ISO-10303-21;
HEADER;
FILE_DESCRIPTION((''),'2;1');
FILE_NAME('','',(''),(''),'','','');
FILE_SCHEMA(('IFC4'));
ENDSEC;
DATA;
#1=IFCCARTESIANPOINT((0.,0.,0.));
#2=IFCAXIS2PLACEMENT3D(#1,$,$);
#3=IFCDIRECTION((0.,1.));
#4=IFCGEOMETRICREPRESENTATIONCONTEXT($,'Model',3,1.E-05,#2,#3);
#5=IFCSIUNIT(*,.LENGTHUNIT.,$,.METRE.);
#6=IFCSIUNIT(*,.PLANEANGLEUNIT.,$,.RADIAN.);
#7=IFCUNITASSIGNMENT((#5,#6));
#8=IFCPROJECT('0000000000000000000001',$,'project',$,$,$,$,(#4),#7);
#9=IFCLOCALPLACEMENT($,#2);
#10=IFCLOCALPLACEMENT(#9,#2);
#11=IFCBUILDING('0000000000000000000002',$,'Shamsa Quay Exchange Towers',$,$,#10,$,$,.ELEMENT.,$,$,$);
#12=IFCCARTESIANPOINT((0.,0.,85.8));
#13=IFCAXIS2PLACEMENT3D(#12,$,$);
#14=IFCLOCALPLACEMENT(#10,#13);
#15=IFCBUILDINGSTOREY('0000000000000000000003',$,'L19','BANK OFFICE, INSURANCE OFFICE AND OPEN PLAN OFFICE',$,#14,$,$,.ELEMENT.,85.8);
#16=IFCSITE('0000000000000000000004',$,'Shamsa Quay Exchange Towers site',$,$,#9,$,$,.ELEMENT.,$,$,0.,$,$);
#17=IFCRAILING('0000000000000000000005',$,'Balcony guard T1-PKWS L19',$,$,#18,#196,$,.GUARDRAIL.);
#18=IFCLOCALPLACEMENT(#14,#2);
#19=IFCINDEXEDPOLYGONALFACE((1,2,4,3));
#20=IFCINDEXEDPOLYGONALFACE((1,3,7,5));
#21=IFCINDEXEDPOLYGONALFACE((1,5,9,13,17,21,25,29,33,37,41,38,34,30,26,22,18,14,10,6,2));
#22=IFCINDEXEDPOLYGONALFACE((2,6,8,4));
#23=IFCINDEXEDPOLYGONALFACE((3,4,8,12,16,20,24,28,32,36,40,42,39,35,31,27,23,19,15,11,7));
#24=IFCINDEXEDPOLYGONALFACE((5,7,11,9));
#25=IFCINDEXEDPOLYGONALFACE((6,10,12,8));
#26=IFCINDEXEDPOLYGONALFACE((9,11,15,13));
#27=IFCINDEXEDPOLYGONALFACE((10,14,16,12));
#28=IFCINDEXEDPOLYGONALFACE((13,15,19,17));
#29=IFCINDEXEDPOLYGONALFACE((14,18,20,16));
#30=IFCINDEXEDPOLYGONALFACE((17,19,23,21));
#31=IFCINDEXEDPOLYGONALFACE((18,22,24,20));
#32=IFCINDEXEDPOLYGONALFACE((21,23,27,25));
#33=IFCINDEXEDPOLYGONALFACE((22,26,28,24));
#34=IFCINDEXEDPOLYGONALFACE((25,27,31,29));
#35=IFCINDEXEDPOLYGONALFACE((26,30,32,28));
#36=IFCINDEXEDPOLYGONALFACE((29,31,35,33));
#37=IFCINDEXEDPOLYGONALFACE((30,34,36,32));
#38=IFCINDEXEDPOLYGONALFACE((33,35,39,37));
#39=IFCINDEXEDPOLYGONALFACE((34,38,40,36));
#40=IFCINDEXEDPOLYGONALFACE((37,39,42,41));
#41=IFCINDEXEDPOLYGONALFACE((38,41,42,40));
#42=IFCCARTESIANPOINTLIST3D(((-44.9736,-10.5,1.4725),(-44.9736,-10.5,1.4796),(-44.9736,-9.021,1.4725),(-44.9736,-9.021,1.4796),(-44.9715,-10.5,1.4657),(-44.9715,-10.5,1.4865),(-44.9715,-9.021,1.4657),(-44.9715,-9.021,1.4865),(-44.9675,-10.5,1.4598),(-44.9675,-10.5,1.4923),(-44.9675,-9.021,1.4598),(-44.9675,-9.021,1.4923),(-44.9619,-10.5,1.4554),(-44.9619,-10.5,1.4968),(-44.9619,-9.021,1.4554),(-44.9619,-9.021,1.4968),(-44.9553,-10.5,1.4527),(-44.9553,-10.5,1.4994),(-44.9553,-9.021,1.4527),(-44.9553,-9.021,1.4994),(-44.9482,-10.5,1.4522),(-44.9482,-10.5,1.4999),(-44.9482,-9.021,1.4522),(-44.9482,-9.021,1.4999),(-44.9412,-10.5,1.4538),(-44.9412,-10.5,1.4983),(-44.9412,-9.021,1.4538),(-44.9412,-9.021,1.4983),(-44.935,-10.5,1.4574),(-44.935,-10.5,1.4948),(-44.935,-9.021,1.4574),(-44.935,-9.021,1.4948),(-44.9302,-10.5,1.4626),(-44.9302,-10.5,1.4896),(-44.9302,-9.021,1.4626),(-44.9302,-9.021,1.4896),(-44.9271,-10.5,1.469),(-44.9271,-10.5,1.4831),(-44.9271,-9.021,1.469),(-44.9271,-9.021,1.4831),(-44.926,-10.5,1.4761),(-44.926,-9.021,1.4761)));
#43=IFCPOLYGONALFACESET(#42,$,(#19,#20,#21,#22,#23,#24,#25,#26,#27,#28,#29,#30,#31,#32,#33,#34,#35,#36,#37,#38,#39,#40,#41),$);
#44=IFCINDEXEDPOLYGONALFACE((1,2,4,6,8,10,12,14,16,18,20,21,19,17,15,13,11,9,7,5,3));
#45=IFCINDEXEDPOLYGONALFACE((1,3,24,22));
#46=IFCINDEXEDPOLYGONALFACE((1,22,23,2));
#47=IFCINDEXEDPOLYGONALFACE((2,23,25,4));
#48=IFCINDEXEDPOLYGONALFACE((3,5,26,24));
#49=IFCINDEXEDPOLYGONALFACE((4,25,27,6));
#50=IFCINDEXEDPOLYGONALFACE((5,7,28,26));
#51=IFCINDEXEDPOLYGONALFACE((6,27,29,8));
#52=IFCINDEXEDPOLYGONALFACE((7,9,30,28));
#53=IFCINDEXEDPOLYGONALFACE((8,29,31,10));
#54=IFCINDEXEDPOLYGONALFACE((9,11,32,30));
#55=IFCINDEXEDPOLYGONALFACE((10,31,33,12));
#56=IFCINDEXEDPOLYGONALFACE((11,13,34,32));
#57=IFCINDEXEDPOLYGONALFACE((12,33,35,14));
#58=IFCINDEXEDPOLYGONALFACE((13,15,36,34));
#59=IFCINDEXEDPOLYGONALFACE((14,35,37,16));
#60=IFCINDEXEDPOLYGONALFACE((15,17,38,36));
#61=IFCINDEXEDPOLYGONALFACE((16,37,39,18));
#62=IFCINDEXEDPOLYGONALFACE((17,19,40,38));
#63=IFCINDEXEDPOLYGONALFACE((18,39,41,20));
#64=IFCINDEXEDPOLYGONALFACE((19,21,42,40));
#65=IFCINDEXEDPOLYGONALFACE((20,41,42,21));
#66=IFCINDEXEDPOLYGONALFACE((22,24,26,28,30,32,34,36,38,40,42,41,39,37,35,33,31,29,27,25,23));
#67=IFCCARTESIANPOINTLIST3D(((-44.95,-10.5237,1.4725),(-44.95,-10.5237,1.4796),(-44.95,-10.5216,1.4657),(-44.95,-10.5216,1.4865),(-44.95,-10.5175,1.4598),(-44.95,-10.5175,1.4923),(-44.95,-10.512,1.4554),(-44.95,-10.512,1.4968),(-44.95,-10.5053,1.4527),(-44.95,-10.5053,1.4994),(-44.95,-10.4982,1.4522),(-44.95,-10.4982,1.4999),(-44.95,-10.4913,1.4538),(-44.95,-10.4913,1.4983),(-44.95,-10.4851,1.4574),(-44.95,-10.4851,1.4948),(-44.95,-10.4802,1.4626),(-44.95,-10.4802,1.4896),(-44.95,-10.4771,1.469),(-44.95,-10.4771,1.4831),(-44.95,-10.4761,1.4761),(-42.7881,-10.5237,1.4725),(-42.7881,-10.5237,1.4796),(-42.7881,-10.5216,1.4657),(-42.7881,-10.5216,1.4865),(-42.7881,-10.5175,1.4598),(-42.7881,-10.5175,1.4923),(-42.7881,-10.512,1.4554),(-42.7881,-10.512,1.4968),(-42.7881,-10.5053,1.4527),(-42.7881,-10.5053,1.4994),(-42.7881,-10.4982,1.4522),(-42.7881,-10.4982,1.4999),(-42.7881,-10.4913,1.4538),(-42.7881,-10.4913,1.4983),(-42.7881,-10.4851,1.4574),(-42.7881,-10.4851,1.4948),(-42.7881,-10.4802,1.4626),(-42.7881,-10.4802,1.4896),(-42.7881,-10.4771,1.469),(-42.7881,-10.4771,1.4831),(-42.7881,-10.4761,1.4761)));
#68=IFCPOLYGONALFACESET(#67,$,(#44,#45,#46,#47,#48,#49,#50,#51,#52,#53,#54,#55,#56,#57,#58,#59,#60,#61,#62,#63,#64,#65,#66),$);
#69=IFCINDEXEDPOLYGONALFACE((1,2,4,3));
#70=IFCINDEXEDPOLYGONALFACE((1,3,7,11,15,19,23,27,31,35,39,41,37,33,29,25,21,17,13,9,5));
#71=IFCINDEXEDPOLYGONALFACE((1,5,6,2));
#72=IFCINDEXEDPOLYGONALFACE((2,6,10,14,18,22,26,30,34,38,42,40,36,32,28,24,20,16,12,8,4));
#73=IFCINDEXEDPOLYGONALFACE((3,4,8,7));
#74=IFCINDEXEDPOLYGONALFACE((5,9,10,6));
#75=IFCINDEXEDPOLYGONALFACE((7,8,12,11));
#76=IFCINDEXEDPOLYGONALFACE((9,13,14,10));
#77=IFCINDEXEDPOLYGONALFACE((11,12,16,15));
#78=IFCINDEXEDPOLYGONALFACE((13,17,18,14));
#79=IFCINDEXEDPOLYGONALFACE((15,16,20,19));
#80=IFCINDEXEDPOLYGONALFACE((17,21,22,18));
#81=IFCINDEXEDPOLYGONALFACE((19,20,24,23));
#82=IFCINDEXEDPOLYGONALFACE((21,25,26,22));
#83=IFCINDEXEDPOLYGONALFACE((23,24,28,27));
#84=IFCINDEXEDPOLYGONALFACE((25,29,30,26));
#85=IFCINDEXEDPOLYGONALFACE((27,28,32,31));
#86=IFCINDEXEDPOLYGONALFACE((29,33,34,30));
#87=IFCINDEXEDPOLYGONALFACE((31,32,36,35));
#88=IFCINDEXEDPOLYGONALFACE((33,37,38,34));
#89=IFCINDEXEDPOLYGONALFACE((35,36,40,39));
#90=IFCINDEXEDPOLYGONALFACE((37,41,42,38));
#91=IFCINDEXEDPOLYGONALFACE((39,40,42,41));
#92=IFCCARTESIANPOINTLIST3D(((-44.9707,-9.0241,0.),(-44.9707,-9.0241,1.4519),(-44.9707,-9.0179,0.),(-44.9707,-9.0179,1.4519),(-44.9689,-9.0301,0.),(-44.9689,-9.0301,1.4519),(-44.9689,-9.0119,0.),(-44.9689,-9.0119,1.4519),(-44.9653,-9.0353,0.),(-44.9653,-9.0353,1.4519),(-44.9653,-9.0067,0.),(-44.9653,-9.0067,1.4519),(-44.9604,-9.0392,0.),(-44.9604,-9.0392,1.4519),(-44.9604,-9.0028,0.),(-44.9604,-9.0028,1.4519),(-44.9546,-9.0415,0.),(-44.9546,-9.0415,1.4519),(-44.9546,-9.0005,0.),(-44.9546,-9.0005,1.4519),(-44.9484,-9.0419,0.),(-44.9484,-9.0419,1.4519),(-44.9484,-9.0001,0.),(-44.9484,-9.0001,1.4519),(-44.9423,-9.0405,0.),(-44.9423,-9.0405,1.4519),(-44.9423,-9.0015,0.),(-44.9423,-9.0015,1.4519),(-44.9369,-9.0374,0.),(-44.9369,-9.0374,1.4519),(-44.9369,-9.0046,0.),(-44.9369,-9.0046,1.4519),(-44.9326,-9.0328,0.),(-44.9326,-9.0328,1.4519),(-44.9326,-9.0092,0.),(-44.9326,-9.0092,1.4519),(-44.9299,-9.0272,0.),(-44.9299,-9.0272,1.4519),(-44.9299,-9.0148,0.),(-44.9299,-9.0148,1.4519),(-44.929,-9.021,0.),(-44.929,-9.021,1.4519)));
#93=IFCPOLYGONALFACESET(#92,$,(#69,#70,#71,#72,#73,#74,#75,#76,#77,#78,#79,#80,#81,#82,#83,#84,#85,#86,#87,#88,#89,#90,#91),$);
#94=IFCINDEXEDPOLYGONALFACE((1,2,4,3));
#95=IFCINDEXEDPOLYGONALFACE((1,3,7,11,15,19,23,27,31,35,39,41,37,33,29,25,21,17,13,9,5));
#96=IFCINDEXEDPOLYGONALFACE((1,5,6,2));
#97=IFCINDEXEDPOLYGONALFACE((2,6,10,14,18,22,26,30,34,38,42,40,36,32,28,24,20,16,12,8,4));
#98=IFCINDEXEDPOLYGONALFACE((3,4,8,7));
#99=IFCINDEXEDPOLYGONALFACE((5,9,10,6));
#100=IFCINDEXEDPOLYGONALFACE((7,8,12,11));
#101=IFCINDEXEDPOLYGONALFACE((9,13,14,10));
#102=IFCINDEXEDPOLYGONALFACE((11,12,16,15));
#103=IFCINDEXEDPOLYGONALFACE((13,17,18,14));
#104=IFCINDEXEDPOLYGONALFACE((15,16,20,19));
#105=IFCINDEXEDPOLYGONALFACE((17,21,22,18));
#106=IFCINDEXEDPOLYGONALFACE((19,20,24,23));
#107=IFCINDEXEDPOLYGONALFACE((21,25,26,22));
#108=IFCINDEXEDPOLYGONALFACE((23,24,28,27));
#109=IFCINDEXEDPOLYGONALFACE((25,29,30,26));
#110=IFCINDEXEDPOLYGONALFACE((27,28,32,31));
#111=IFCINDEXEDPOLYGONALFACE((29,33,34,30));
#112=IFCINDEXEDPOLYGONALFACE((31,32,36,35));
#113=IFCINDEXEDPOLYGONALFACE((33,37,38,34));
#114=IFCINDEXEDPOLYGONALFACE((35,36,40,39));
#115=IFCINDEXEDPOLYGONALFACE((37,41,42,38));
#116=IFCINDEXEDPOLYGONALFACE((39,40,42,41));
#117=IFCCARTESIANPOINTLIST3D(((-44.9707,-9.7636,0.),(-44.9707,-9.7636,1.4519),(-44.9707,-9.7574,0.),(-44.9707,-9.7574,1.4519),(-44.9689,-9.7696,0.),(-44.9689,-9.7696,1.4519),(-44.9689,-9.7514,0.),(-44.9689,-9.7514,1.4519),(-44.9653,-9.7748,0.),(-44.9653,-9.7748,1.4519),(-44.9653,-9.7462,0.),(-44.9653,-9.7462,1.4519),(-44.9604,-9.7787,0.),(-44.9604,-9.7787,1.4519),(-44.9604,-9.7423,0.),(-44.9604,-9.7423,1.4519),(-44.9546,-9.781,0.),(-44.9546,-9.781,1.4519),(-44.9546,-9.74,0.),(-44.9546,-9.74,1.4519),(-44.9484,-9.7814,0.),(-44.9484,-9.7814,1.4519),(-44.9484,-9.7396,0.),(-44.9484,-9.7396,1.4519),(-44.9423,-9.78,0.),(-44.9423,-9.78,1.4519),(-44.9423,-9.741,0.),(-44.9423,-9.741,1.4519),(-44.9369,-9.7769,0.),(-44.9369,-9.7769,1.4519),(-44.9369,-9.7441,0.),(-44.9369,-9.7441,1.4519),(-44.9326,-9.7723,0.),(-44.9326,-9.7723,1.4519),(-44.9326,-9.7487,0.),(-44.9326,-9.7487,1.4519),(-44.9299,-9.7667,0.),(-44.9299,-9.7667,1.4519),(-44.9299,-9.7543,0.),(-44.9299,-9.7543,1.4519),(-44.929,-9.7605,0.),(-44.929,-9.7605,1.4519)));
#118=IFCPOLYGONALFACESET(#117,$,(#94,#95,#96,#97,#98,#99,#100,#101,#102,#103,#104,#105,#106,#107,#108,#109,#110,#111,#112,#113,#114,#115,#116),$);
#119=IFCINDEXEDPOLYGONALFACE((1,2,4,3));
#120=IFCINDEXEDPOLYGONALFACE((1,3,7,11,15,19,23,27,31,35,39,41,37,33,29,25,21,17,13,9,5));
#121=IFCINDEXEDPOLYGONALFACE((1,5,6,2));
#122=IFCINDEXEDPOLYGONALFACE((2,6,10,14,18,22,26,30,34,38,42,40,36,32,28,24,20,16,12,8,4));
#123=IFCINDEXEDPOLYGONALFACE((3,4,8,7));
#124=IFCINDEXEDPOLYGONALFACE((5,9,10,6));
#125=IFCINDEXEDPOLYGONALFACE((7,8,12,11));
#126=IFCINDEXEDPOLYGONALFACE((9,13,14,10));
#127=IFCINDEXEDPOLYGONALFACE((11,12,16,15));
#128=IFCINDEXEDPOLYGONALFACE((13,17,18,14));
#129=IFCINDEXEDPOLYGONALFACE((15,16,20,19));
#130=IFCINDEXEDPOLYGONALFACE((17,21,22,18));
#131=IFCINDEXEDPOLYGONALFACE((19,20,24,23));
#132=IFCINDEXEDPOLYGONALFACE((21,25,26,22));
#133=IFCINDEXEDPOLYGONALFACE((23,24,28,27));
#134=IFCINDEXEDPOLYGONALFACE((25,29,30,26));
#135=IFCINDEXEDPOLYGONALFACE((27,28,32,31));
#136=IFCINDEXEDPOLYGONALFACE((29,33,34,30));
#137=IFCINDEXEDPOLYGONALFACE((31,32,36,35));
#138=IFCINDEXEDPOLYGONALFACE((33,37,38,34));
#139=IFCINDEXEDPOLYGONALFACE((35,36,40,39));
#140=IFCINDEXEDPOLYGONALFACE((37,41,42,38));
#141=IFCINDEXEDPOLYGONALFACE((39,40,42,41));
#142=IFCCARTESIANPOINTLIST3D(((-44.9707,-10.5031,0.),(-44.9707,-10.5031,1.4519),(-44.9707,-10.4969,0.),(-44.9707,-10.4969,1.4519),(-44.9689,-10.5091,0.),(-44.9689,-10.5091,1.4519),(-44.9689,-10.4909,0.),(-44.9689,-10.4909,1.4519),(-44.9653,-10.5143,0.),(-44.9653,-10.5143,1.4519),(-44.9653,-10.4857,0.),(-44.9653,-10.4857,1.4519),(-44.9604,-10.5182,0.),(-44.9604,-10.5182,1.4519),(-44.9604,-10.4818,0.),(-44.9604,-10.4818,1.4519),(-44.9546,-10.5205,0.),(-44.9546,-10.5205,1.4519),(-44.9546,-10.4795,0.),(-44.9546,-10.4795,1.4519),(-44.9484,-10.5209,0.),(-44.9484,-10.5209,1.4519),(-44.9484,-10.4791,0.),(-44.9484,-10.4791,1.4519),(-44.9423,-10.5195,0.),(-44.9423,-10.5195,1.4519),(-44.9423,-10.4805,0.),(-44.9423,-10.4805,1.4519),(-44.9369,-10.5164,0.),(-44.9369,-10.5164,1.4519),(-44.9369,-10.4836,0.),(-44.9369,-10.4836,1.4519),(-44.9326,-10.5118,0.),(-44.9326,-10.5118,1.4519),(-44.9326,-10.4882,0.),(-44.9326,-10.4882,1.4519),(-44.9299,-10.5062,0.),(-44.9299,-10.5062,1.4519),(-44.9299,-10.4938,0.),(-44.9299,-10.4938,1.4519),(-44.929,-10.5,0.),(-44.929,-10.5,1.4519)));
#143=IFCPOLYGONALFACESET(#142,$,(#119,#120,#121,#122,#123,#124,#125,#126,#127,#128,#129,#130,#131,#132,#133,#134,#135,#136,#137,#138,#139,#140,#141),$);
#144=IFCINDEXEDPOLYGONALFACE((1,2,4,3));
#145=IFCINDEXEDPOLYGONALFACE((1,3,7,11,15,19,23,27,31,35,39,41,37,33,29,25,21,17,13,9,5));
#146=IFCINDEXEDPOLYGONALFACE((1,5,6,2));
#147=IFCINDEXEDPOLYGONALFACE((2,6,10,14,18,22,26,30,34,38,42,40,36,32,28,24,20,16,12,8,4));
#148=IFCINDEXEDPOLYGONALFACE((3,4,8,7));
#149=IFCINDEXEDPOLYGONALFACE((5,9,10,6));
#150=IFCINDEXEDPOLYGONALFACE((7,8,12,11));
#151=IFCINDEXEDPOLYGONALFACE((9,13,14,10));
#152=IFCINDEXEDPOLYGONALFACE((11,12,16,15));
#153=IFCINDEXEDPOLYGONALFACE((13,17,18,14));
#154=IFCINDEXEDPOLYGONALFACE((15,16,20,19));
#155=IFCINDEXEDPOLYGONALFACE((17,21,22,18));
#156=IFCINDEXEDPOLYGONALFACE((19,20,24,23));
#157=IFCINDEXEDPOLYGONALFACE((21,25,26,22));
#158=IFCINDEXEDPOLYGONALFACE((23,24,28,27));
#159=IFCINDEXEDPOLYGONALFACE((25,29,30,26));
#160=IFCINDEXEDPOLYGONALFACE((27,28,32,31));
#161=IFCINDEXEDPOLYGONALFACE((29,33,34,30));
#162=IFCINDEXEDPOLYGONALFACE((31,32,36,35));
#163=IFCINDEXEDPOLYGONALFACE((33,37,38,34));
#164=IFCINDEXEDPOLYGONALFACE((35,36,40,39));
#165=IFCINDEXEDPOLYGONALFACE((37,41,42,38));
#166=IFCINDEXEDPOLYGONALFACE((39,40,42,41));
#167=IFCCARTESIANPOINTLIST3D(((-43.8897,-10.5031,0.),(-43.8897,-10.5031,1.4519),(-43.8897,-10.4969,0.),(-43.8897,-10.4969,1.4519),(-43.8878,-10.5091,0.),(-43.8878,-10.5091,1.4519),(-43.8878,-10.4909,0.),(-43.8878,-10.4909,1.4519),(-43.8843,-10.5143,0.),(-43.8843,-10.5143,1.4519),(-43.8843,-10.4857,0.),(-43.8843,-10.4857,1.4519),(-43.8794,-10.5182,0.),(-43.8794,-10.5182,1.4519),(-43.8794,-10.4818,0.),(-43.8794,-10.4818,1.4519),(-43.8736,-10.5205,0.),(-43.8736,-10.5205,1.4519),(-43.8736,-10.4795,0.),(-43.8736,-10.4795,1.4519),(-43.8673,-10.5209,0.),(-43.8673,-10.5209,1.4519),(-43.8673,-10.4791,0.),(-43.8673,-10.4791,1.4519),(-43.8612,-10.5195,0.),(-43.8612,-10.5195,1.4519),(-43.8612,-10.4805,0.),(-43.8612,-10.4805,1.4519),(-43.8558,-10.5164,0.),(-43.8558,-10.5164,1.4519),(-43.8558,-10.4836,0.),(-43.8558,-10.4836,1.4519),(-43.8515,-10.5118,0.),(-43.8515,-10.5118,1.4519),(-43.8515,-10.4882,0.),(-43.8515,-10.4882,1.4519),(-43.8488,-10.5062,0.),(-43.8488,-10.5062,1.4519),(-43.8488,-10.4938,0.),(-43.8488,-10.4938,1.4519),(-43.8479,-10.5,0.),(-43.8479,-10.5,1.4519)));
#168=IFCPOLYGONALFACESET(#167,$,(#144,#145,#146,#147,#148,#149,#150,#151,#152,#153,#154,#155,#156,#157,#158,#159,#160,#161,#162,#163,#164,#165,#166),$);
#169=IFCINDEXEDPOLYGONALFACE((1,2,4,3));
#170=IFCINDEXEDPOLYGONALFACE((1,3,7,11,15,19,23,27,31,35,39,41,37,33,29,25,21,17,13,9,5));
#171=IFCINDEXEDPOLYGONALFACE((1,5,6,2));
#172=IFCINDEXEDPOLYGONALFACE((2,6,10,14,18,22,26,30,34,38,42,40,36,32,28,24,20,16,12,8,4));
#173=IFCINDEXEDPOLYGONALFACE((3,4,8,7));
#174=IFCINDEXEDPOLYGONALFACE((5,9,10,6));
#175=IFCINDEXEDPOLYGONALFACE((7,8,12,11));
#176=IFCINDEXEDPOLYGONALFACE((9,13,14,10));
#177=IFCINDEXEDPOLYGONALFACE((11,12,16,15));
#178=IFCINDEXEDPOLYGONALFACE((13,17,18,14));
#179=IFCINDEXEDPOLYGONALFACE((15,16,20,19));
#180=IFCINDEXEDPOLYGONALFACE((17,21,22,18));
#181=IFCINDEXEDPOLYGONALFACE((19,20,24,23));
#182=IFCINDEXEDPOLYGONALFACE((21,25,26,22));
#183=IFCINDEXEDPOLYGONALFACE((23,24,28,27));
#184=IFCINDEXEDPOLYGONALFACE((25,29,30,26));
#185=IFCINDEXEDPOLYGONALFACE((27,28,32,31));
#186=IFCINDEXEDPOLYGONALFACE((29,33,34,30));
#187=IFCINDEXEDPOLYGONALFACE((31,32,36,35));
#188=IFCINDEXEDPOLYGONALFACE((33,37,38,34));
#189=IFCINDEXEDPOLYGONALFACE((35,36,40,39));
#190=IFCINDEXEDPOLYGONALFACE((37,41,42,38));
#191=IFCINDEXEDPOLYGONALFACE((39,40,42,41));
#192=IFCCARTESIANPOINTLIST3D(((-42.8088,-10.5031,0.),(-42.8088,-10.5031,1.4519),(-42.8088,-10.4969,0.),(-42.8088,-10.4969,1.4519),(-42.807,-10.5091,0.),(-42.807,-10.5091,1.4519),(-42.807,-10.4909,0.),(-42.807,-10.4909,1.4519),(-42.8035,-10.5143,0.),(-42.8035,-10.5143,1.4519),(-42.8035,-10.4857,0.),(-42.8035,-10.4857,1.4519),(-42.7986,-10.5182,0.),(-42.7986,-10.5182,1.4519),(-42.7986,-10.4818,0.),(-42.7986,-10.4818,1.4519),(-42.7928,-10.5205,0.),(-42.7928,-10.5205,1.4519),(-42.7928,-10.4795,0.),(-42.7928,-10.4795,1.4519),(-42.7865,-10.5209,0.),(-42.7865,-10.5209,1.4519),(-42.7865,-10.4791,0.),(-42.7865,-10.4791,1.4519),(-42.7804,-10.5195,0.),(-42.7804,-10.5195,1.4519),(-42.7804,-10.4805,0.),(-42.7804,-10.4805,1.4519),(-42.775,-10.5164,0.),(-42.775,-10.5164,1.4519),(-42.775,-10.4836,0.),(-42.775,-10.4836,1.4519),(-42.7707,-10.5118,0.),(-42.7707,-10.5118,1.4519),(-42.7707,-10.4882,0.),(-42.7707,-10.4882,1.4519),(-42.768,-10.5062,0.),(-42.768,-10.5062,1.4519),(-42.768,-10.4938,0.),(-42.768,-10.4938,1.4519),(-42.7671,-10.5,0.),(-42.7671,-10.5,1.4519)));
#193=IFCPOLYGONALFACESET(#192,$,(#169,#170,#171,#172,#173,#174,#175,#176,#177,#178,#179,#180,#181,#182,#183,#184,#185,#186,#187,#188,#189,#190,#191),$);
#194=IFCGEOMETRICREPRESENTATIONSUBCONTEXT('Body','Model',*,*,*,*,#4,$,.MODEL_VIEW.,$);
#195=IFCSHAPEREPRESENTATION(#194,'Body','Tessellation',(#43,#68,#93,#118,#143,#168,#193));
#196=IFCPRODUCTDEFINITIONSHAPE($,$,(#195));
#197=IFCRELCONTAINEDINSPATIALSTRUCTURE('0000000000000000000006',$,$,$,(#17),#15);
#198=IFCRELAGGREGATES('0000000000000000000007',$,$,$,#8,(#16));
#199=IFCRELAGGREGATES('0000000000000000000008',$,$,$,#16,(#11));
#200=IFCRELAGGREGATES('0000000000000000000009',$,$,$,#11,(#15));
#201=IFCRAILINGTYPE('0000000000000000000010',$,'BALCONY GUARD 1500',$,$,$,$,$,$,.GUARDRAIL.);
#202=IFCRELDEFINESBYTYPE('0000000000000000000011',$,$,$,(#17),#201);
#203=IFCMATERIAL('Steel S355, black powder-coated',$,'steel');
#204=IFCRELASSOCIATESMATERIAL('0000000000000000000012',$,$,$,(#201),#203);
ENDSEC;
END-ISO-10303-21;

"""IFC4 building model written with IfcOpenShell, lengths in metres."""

from ifc_helpers import new_model, si_unit, direction, frame, origin, origin_2d, place, context, subcontext, project, spatial, circle, extrude, material, type_object, element, save


model = new_model("IFC4")

# Units and contexts
model_context = context("Model", 3, precision=1e-05, world=origin(), true_north=direction((0.0, 1.0)))
body_context = subcontext(model_context, "Body", "Model", "MODEL_VIEW")
ifc_project = project(units=[si_unit("LENGTHUNIT", "METRE"), si_unit("PLANEANGLEUNIT", "RADIAN")], contexts=[model_context])

# Site, building, storey
site_placement = place(None, origin())
site = spatial("IfcSite", under=ifc_project, at=site_placement, Name="Shamsa Quay Exchange Towers site", CompositionType="ELEMENT", RefElevation=0.0)
building_placement = place(site_placement, origin())
building = spatial("IfcBuilding", under=site, at=building_placement, Name="Shamsa Quay Exchange Towers", CompositionType="ELEMENT")
storey_placement = place(building_placement, frame((0.0, 0.0, 85.8)))
storey = spatial("IfcBuildingStorey", under=building, at=storey_placement, Name="L19", Description="BANK OFFICE, INSURANCE OFFICE AND OPEN PLAN OFFICE", CompositionType="ELEMENT", Elevation=85.8)

# Railing
ifc_material_1 = material(Name="Steel S355, black powder-coated", Category="steel")
railing_type_1 = type_object("IfcRailingType", Name="BALCONY GUARD 1500", PredefinedType="GUARDRAIL", material=ifc_material_1)
for number, where, name in (
    (1, (-44.95, -9.021, 0.0), "Balcony guard T1-PKWS L19"),
):
    element("IfcRailing", number, at=place(storey_placement, frame(where)), inside=storey, type_object=railing_type_1, Name=name, PredefinedType="GUARDRAIL", context=body_context, shape_type="SweptSolid", body=[
        extrude(circle(Radius=0.0239, at=origin_2d()), frame((0.0, 0.0, 1.4761), z_axis=(0.0, -1.0, 0.0), x_axis=(1.0, 0.0, 0.0)), (0.0, 0.0, 1.0), 1.479),
        extrude(circle(Radius=0.0239, at=origin_2d()), frame((0.0, -1.479, 1.4761), z_axis=(1.0, 0.0, 0.0), x_axis=(0.0, 1.0, 0.0)), (0.0, 0.0, 1.0), 2.1619),
        extrude(circle(Radius=0.021, at=origin_2d()), origin(), (0.0, 0.0, 1.0), 1.4519),
        extrude(circle(Radius=0.021, at=origin_2d()), frame((0.0, -0.7395, 0.0)), (0.0, 0.0, 1.0), 1.4519),
        extrude(circle(Radius=0.021, at=origin_2d()), frame((0.0, -1.479, 0.0)), (0.0, 0.0, 1.0), 1.4519),
        extrude(circle(Radius=0.021, at=origin_2d()), frame((1.0811, -1.479, 0.0)), (0.0, 0.0, 1.0), 1.4519),
        extrude(circle(Radius=0.021, at=origin_2d()), frame((2.1619, -1.479, 0.0)), (0.0, 0.0, 1.0), 1.4519),
    ])

save(model, "model.ifc")
